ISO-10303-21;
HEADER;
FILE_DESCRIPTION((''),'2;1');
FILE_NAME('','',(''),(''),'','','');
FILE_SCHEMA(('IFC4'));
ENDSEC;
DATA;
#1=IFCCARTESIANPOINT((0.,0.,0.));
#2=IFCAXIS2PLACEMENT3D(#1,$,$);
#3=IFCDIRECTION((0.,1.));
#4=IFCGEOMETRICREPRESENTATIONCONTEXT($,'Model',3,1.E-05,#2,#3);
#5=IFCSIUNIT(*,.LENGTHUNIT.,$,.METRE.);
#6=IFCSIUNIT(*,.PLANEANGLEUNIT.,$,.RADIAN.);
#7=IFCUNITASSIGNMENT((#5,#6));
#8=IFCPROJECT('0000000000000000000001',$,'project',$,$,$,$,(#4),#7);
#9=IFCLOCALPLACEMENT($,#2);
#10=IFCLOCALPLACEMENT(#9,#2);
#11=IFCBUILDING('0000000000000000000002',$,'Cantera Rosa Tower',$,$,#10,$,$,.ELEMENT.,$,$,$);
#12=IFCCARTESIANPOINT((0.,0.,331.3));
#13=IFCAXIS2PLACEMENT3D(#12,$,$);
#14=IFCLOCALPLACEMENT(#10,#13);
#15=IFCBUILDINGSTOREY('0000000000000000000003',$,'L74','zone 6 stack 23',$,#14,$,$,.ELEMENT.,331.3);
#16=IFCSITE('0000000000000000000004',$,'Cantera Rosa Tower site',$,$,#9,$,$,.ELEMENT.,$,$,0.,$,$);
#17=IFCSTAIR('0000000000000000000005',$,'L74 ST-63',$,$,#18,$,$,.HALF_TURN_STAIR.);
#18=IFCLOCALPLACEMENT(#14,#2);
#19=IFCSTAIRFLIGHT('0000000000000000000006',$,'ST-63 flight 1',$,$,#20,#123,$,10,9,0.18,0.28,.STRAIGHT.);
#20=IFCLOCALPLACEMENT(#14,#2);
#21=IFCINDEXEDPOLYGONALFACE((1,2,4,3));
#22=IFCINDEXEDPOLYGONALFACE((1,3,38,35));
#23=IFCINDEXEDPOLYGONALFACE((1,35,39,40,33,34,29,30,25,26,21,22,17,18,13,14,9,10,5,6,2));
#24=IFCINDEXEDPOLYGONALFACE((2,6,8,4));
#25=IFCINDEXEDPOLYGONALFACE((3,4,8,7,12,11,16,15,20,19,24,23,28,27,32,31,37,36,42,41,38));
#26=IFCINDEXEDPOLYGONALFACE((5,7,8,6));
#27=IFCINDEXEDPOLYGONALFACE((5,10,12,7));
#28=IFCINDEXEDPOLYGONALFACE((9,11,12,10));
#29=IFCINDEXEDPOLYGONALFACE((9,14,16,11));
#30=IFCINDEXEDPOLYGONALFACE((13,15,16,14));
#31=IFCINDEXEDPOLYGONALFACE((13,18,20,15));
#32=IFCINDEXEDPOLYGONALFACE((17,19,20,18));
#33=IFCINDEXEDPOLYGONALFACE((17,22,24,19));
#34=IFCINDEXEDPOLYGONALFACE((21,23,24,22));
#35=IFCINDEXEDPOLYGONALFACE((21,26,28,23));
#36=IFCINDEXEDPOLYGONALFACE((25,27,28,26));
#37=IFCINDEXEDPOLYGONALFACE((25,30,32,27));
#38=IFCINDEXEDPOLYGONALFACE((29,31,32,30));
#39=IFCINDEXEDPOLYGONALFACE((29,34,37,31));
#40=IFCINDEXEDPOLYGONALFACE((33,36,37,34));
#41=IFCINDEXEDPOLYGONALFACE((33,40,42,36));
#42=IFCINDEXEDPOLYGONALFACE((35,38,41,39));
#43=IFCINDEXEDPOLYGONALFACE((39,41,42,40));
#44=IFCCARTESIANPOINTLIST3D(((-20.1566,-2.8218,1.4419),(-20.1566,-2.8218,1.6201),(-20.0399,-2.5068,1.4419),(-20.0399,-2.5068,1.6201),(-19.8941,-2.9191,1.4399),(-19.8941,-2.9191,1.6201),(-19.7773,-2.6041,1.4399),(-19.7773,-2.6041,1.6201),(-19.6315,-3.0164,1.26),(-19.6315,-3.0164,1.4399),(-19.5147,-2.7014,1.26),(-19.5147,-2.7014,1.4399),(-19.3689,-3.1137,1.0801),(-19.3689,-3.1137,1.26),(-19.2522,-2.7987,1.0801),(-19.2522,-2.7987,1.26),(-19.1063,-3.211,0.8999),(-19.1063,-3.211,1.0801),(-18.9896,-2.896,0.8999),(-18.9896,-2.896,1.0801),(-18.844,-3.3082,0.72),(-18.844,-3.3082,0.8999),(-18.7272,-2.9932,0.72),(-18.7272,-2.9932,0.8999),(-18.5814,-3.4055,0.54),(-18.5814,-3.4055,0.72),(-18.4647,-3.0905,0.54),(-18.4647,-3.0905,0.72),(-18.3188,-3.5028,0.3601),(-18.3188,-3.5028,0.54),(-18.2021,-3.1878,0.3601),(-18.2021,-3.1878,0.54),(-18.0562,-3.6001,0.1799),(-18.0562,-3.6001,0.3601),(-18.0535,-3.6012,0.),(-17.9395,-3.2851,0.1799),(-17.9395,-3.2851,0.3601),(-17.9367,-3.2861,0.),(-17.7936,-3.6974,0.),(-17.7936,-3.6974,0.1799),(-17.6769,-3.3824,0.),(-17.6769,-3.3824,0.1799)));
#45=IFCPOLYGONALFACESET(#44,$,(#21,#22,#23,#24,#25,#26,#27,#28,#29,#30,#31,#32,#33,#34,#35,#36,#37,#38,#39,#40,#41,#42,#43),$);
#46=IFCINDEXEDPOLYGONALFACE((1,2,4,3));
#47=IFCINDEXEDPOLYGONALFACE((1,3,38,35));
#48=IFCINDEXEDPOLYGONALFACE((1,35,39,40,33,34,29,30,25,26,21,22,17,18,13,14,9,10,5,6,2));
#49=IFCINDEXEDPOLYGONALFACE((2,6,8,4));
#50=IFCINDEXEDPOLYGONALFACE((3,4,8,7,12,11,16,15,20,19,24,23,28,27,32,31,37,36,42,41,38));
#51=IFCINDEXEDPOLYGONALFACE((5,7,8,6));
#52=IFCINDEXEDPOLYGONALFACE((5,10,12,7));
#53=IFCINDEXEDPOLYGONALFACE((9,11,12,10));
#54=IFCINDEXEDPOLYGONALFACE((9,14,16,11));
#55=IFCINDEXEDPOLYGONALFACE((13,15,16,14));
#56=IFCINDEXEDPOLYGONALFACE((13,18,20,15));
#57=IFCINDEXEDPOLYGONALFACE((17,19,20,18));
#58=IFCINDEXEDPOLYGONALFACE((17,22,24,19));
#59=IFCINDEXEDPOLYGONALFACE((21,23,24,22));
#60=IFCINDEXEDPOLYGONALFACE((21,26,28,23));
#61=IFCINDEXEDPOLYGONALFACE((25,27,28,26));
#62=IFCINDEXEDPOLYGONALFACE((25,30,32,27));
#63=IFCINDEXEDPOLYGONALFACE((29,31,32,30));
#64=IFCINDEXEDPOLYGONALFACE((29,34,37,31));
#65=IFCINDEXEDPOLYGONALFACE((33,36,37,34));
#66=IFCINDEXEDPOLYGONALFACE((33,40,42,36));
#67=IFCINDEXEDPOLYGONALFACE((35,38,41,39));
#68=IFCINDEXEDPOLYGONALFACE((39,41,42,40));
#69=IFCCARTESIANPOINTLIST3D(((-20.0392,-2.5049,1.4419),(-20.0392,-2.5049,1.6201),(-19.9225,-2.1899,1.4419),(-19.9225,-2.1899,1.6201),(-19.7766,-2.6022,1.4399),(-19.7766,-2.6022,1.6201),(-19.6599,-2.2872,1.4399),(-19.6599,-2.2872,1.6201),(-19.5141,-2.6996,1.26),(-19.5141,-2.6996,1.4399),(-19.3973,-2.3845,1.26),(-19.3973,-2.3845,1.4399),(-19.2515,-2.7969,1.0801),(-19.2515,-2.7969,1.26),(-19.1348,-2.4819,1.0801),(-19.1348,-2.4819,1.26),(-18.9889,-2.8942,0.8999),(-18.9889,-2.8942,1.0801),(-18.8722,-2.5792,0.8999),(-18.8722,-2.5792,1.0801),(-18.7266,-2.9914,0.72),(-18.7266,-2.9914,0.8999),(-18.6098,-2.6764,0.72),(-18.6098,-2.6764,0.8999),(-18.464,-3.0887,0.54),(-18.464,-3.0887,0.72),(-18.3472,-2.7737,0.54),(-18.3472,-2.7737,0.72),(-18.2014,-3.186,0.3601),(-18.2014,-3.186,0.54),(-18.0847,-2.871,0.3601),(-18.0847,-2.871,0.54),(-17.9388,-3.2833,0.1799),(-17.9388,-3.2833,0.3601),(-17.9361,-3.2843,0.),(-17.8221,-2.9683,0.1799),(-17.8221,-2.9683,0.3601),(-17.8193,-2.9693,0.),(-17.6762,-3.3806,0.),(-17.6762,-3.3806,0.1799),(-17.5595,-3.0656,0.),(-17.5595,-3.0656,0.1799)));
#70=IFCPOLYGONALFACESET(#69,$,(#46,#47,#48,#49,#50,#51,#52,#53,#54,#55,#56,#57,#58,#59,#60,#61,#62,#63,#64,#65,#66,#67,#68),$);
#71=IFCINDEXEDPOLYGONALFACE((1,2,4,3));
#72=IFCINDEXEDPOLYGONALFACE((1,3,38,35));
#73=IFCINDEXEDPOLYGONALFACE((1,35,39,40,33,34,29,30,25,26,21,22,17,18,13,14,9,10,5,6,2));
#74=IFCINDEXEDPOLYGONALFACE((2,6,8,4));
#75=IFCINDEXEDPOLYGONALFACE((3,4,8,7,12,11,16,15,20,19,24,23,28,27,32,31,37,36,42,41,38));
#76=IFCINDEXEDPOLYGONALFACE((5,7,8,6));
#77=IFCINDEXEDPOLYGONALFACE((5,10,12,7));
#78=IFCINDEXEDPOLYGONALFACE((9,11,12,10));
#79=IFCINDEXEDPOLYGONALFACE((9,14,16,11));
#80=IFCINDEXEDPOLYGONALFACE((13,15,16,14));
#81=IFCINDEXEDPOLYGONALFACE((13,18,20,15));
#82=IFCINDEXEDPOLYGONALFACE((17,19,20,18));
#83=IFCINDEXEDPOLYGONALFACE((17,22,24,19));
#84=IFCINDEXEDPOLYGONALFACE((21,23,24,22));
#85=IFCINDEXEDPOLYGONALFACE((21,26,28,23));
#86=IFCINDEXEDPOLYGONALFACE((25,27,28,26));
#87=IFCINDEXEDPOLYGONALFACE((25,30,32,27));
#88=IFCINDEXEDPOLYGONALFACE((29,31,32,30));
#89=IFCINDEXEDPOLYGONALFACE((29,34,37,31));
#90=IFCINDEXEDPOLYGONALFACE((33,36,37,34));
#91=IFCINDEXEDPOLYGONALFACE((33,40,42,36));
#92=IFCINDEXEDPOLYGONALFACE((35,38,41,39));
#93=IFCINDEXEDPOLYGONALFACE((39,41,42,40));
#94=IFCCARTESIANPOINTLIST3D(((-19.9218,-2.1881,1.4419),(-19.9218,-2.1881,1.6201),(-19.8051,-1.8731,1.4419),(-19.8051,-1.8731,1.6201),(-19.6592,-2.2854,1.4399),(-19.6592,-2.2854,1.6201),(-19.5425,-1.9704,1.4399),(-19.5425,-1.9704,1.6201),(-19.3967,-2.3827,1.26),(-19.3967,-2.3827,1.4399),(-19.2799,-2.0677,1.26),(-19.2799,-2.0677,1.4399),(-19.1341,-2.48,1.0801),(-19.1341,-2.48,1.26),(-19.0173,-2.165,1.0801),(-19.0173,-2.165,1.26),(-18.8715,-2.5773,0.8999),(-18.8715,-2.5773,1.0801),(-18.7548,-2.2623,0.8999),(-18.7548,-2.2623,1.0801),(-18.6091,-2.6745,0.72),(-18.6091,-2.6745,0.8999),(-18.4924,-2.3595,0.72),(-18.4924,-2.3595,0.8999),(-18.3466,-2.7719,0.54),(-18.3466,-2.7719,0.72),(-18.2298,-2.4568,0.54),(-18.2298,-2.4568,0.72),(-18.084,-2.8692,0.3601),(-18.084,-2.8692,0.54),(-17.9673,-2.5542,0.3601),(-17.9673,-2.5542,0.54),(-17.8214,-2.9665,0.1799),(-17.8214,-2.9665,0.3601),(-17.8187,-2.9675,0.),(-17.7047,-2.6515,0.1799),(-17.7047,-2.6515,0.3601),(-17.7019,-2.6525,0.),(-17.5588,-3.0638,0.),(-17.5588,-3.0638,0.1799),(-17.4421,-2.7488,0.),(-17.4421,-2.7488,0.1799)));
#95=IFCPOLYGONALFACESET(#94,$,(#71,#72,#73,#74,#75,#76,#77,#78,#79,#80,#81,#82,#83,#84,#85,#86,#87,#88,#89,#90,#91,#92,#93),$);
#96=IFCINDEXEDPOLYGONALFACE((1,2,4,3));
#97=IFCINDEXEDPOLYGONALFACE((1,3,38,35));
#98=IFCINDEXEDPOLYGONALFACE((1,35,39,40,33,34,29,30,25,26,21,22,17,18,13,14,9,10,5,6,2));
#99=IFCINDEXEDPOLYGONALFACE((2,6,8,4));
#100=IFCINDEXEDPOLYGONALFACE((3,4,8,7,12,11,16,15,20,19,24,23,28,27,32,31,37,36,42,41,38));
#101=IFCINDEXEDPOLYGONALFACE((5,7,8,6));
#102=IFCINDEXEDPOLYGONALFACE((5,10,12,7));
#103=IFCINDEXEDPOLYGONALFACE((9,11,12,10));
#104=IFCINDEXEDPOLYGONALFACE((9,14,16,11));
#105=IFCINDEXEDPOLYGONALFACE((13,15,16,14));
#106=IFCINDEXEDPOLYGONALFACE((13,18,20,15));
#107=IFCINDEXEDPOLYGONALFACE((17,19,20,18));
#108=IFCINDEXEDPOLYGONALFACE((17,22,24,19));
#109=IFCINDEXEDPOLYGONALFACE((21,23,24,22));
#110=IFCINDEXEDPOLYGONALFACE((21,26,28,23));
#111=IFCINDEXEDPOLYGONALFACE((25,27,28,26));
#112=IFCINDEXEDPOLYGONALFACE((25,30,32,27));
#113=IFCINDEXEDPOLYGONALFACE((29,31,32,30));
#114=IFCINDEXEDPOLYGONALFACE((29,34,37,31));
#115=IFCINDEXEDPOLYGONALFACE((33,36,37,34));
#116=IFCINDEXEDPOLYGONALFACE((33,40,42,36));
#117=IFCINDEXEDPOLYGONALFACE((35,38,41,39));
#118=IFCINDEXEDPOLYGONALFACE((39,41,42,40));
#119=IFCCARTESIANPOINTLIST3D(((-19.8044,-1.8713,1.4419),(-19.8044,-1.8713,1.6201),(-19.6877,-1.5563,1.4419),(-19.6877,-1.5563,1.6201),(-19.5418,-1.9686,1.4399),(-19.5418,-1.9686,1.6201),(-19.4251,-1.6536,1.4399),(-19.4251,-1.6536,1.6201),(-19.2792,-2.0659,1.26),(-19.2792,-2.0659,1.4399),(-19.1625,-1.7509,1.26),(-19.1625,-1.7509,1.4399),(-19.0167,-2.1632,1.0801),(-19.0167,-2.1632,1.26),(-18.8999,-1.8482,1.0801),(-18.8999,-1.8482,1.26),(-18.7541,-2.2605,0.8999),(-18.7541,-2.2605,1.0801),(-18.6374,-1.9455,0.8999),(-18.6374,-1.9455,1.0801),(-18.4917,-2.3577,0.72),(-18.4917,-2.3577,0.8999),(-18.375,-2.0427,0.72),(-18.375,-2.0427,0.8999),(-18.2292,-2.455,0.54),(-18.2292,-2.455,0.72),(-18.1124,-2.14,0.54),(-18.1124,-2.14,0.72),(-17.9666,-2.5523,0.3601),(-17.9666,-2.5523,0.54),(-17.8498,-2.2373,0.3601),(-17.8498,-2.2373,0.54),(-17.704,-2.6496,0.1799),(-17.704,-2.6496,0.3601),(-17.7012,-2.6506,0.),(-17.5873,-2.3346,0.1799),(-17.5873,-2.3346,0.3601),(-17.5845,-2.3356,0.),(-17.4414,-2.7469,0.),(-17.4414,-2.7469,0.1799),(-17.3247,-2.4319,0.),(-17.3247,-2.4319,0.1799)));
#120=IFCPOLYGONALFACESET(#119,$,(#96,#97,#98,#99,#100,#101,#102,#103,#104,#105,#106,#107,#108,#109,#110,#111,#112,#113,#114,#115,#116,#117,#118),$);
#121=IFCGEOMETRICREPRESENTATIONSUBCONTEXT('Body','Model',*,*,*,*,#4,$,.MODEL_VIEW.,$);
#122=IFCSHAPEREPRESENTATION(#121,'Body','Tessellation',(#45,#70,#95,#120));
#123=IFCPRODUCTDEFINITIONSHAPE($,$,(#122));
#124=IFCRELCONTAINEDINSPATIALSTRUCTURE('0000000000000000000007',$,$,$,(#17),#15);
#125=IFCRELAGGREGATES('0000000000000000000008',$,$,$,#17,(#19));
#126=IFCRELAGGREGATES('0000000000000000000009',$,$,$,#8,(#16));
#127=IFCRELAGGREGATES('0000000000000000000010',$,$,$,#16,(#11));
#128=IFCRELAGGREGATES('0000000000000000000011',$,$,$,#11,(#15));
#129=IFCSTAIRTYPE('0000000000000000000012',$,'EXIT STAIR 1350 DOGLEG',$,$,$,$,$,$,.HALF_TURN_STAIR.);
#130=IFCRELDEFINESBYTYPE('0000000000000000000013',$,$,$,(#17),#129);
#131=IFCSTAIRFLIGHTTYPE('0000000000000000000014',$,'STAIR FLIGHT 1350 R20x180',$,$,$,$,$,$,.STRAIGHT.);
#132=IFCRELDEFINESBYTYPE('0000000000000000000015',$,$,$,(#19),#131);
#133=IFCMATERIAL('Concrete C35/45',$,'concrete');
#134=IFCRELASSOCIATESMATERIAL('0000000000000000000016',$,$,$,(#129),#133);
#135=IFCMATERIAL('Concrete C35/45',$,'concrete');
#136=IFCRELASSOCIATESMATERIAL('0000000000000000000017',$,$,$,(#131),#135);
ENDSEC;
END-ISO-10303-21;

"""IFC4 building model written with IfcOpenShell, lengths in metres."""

from ifc_helpers import new_model, si_unit, direction, frame, origin, place, context, subcontext, project, spatial, polyline, outline, extrude, material, type_object, element, aggregate, save


model = new_model("IFC4")

# Units and contexts
model_context = context("Model", 3, precision=1e-05, world=origin(), true_north=direction((0.0, 1.0)))
body_context = subcontext(model_context, "Body", "Model", "MODEL_VIEW")
ifc_project = project(units=[si_unit("LENGTHUNIT", "METRE"), si_unit("PLANEANGLEUNIT", "RADIAN")], contexts=[model_context])

# Site, building, storey
site_placement = place(None, origin())
site = spatial("IfcSite", under=ifc_project, at=site_placement, Name="Cantera Rosa Tower site", CompositionType="ELEMENT", RefElevation=0.0)
building_placement = place(site_placement, origin())
building = spatial("IfcBuilding", under=site, at=building_placement, Name="Cantera Rosa Tower", CompositionType="ELEMENT")
storey_placement = place(building_placement, frame((0.0, 0.0, 331.3)))
storey = spatial("IfcBuildingStorey", under=building, at=storey_placement, Name="L74", Description="zone 6 stack 23", CompositionType="ELEMENT", Elevation=331.3)

# Stair, stair flight
ifc_material_1 = material(Name="Concrete C35/45", Category="concrete")
stair_type = type_object("IfcStairType", Name="EXIT STAIR 1350 DOGLEG", PredefinedType="HALF_TURN_STAIR", material=ifc_material_1)
stair_placement = place(storey_placement, origin())
stair = element("IfcStair", 1, at=stair_placement, inside=storey, type_object=stair_type, Name="L74 ST-63", PredefinedType="HALF_TURN_STAIR")
ifc_material_2 = material(Name="Concrete C35/45", Category="concrete")
stair_flight_type = type_object("IfcStairFlightType", Name="STAIR FLIGHT 1350 R20x180", PredefinedType="STRAIGHT", material=ifc_material_2)
stair_flight_1_placement = place(storey_placement, frame((-17.5591, -3.0645, 0.0), z_axis=(0.0, 0.0, 1.0), x_axis=(-0.937687, 0.347481, 0.0)))
stair_flight_1 = element("IfcStairFlight", 2, at=stair_flight_1_placement, type_object=stair_flight_type, Name="ST-63 flight 1", NumberOfRisers=10, NumberOfTreads=9, PredefinedType="STRAIGHT", RiserHeight=0.18, TreadLength=0.28, context=body_context, shape_type="SweptSolid", body=[
    extrude(outline(polyline([(0.0, 0.0), (0.0, 0.1799), (0.28, 0.1799), (0.28, 0.3601), (0.5601, 0.3601), (0.5601, 0.54), (0.8401, 0.54), (0.8401, 0.72), (1.1201, 0.72), (1.1201, 0.8999), (1.3999, 0.8999), (1.3999, 1.0801), (1.6799, 1.0801), (1.6799, 1.26), (1.96, 1.26), (1.96, 1.4399), (2.24, 1.4399), (2.24, 1.6201), (2.52, 1.6201), (2.52, 1.8), (2.52, 1.4419), (0.2771, 0.0), (0.0, 0.0)])), frame((0.0, 0.675, 0.0), z_axis=(0.0, -1.0, 0.0), x_axis=(1.0, 0.0, 0.0)), (0.0, 0.0, 1.0), 0.3359),
    extrude(outline(polyline([(0.0, 0.0), (0.0, 0.1799), (0.28, 0.1799), (0.28, 0.3601), (0.5601, 0.3601), (0.5601, 0.54), (0.8401, 0.54), (0.8401, 0.72), (1.1201, 0.72), (1.1201, 0.8999), (1.3999, 0.8999), (1.3999, 1.0801), (1.6799, 1.0801), (1.6799, 1.26), (1.96, 1.26), (1.96, 1.4399), (2.24, 1.4399), (2.24, 1.6201), (2.52, 1.6201), (2.52, 1.8), (2.52, 1.4419), (0.2771, 0.0), (0.0, 0.0)])), frame((0.0, 0.3372, 0.0), z_axis=(0.0, -1.0, 0.0), x_axis=(1.0, 0.0, 0.0)), (0.0, 0.0, 1.0), 0.3359),
    extrude(outline(polyline([(0.0, 0.0), (0.0, 0.1799), (0.28, 0.1799), (0.28, 0.3601), (0.5601, 0.3601), (0.5601, 0.54), (0.8401, 0.54), (0.8401, 0.72), (1.1201, 0.72), (1.1201, 0.8999), (1.3999, 0.8999), (1.3999, 1.0801), (1.6799, 1.0801), (1.6799, 1.26), (1.96, 1.26), (1.96, 1.4399), (2.24, 1.4399), (2.24, 1.6201), (2.52, 1.6201), (2.52, 1.8), (2.52, 1.4419), (0.2771, 0.0), (0.0, 0.0)])), frame((0.0, -0.0007, 0.0), z_axis=(0.0, -1.0, 0.0), x_axis=(1.0, 0.0, 0.0)), (0.0, 0.0, 1.0), 0.3359),
    extrude(outline(polyline([(0.0, 0.0), (0.0, 0.1799), (0.28, 0.1799), (0.28, 0.3601), (0.5601, 0.3601), (0.5601, 0.54), (0.8401, 0.54), (0.8401, 0.72), (1.1201, 0.72), (1.1201, 0.8999), (1.3999, 0.8999), (1.3999, 1.0801), (1.6799, 1.0801), (1.6799, 1.26), (1.96, 1.26), (1.96, 1.4399), (2.24, 1.4399), (2.24, 1.6201), (2.52, 1.6201), (2.52, 1.8), (2.52, 1.4419), (0.2771, 0.0), (0.0, 0.0)])), frame((0.0, -0.3386, 0.0), z_axis=(0.0, -1.0, 0.0), x_axis=(1.0, 0.0, 0.0)), (0.0, 0.0, 1.0), 0.3359),
])
aggregate(stair, [stair_flight_1])

save(model, "model.ifc")
